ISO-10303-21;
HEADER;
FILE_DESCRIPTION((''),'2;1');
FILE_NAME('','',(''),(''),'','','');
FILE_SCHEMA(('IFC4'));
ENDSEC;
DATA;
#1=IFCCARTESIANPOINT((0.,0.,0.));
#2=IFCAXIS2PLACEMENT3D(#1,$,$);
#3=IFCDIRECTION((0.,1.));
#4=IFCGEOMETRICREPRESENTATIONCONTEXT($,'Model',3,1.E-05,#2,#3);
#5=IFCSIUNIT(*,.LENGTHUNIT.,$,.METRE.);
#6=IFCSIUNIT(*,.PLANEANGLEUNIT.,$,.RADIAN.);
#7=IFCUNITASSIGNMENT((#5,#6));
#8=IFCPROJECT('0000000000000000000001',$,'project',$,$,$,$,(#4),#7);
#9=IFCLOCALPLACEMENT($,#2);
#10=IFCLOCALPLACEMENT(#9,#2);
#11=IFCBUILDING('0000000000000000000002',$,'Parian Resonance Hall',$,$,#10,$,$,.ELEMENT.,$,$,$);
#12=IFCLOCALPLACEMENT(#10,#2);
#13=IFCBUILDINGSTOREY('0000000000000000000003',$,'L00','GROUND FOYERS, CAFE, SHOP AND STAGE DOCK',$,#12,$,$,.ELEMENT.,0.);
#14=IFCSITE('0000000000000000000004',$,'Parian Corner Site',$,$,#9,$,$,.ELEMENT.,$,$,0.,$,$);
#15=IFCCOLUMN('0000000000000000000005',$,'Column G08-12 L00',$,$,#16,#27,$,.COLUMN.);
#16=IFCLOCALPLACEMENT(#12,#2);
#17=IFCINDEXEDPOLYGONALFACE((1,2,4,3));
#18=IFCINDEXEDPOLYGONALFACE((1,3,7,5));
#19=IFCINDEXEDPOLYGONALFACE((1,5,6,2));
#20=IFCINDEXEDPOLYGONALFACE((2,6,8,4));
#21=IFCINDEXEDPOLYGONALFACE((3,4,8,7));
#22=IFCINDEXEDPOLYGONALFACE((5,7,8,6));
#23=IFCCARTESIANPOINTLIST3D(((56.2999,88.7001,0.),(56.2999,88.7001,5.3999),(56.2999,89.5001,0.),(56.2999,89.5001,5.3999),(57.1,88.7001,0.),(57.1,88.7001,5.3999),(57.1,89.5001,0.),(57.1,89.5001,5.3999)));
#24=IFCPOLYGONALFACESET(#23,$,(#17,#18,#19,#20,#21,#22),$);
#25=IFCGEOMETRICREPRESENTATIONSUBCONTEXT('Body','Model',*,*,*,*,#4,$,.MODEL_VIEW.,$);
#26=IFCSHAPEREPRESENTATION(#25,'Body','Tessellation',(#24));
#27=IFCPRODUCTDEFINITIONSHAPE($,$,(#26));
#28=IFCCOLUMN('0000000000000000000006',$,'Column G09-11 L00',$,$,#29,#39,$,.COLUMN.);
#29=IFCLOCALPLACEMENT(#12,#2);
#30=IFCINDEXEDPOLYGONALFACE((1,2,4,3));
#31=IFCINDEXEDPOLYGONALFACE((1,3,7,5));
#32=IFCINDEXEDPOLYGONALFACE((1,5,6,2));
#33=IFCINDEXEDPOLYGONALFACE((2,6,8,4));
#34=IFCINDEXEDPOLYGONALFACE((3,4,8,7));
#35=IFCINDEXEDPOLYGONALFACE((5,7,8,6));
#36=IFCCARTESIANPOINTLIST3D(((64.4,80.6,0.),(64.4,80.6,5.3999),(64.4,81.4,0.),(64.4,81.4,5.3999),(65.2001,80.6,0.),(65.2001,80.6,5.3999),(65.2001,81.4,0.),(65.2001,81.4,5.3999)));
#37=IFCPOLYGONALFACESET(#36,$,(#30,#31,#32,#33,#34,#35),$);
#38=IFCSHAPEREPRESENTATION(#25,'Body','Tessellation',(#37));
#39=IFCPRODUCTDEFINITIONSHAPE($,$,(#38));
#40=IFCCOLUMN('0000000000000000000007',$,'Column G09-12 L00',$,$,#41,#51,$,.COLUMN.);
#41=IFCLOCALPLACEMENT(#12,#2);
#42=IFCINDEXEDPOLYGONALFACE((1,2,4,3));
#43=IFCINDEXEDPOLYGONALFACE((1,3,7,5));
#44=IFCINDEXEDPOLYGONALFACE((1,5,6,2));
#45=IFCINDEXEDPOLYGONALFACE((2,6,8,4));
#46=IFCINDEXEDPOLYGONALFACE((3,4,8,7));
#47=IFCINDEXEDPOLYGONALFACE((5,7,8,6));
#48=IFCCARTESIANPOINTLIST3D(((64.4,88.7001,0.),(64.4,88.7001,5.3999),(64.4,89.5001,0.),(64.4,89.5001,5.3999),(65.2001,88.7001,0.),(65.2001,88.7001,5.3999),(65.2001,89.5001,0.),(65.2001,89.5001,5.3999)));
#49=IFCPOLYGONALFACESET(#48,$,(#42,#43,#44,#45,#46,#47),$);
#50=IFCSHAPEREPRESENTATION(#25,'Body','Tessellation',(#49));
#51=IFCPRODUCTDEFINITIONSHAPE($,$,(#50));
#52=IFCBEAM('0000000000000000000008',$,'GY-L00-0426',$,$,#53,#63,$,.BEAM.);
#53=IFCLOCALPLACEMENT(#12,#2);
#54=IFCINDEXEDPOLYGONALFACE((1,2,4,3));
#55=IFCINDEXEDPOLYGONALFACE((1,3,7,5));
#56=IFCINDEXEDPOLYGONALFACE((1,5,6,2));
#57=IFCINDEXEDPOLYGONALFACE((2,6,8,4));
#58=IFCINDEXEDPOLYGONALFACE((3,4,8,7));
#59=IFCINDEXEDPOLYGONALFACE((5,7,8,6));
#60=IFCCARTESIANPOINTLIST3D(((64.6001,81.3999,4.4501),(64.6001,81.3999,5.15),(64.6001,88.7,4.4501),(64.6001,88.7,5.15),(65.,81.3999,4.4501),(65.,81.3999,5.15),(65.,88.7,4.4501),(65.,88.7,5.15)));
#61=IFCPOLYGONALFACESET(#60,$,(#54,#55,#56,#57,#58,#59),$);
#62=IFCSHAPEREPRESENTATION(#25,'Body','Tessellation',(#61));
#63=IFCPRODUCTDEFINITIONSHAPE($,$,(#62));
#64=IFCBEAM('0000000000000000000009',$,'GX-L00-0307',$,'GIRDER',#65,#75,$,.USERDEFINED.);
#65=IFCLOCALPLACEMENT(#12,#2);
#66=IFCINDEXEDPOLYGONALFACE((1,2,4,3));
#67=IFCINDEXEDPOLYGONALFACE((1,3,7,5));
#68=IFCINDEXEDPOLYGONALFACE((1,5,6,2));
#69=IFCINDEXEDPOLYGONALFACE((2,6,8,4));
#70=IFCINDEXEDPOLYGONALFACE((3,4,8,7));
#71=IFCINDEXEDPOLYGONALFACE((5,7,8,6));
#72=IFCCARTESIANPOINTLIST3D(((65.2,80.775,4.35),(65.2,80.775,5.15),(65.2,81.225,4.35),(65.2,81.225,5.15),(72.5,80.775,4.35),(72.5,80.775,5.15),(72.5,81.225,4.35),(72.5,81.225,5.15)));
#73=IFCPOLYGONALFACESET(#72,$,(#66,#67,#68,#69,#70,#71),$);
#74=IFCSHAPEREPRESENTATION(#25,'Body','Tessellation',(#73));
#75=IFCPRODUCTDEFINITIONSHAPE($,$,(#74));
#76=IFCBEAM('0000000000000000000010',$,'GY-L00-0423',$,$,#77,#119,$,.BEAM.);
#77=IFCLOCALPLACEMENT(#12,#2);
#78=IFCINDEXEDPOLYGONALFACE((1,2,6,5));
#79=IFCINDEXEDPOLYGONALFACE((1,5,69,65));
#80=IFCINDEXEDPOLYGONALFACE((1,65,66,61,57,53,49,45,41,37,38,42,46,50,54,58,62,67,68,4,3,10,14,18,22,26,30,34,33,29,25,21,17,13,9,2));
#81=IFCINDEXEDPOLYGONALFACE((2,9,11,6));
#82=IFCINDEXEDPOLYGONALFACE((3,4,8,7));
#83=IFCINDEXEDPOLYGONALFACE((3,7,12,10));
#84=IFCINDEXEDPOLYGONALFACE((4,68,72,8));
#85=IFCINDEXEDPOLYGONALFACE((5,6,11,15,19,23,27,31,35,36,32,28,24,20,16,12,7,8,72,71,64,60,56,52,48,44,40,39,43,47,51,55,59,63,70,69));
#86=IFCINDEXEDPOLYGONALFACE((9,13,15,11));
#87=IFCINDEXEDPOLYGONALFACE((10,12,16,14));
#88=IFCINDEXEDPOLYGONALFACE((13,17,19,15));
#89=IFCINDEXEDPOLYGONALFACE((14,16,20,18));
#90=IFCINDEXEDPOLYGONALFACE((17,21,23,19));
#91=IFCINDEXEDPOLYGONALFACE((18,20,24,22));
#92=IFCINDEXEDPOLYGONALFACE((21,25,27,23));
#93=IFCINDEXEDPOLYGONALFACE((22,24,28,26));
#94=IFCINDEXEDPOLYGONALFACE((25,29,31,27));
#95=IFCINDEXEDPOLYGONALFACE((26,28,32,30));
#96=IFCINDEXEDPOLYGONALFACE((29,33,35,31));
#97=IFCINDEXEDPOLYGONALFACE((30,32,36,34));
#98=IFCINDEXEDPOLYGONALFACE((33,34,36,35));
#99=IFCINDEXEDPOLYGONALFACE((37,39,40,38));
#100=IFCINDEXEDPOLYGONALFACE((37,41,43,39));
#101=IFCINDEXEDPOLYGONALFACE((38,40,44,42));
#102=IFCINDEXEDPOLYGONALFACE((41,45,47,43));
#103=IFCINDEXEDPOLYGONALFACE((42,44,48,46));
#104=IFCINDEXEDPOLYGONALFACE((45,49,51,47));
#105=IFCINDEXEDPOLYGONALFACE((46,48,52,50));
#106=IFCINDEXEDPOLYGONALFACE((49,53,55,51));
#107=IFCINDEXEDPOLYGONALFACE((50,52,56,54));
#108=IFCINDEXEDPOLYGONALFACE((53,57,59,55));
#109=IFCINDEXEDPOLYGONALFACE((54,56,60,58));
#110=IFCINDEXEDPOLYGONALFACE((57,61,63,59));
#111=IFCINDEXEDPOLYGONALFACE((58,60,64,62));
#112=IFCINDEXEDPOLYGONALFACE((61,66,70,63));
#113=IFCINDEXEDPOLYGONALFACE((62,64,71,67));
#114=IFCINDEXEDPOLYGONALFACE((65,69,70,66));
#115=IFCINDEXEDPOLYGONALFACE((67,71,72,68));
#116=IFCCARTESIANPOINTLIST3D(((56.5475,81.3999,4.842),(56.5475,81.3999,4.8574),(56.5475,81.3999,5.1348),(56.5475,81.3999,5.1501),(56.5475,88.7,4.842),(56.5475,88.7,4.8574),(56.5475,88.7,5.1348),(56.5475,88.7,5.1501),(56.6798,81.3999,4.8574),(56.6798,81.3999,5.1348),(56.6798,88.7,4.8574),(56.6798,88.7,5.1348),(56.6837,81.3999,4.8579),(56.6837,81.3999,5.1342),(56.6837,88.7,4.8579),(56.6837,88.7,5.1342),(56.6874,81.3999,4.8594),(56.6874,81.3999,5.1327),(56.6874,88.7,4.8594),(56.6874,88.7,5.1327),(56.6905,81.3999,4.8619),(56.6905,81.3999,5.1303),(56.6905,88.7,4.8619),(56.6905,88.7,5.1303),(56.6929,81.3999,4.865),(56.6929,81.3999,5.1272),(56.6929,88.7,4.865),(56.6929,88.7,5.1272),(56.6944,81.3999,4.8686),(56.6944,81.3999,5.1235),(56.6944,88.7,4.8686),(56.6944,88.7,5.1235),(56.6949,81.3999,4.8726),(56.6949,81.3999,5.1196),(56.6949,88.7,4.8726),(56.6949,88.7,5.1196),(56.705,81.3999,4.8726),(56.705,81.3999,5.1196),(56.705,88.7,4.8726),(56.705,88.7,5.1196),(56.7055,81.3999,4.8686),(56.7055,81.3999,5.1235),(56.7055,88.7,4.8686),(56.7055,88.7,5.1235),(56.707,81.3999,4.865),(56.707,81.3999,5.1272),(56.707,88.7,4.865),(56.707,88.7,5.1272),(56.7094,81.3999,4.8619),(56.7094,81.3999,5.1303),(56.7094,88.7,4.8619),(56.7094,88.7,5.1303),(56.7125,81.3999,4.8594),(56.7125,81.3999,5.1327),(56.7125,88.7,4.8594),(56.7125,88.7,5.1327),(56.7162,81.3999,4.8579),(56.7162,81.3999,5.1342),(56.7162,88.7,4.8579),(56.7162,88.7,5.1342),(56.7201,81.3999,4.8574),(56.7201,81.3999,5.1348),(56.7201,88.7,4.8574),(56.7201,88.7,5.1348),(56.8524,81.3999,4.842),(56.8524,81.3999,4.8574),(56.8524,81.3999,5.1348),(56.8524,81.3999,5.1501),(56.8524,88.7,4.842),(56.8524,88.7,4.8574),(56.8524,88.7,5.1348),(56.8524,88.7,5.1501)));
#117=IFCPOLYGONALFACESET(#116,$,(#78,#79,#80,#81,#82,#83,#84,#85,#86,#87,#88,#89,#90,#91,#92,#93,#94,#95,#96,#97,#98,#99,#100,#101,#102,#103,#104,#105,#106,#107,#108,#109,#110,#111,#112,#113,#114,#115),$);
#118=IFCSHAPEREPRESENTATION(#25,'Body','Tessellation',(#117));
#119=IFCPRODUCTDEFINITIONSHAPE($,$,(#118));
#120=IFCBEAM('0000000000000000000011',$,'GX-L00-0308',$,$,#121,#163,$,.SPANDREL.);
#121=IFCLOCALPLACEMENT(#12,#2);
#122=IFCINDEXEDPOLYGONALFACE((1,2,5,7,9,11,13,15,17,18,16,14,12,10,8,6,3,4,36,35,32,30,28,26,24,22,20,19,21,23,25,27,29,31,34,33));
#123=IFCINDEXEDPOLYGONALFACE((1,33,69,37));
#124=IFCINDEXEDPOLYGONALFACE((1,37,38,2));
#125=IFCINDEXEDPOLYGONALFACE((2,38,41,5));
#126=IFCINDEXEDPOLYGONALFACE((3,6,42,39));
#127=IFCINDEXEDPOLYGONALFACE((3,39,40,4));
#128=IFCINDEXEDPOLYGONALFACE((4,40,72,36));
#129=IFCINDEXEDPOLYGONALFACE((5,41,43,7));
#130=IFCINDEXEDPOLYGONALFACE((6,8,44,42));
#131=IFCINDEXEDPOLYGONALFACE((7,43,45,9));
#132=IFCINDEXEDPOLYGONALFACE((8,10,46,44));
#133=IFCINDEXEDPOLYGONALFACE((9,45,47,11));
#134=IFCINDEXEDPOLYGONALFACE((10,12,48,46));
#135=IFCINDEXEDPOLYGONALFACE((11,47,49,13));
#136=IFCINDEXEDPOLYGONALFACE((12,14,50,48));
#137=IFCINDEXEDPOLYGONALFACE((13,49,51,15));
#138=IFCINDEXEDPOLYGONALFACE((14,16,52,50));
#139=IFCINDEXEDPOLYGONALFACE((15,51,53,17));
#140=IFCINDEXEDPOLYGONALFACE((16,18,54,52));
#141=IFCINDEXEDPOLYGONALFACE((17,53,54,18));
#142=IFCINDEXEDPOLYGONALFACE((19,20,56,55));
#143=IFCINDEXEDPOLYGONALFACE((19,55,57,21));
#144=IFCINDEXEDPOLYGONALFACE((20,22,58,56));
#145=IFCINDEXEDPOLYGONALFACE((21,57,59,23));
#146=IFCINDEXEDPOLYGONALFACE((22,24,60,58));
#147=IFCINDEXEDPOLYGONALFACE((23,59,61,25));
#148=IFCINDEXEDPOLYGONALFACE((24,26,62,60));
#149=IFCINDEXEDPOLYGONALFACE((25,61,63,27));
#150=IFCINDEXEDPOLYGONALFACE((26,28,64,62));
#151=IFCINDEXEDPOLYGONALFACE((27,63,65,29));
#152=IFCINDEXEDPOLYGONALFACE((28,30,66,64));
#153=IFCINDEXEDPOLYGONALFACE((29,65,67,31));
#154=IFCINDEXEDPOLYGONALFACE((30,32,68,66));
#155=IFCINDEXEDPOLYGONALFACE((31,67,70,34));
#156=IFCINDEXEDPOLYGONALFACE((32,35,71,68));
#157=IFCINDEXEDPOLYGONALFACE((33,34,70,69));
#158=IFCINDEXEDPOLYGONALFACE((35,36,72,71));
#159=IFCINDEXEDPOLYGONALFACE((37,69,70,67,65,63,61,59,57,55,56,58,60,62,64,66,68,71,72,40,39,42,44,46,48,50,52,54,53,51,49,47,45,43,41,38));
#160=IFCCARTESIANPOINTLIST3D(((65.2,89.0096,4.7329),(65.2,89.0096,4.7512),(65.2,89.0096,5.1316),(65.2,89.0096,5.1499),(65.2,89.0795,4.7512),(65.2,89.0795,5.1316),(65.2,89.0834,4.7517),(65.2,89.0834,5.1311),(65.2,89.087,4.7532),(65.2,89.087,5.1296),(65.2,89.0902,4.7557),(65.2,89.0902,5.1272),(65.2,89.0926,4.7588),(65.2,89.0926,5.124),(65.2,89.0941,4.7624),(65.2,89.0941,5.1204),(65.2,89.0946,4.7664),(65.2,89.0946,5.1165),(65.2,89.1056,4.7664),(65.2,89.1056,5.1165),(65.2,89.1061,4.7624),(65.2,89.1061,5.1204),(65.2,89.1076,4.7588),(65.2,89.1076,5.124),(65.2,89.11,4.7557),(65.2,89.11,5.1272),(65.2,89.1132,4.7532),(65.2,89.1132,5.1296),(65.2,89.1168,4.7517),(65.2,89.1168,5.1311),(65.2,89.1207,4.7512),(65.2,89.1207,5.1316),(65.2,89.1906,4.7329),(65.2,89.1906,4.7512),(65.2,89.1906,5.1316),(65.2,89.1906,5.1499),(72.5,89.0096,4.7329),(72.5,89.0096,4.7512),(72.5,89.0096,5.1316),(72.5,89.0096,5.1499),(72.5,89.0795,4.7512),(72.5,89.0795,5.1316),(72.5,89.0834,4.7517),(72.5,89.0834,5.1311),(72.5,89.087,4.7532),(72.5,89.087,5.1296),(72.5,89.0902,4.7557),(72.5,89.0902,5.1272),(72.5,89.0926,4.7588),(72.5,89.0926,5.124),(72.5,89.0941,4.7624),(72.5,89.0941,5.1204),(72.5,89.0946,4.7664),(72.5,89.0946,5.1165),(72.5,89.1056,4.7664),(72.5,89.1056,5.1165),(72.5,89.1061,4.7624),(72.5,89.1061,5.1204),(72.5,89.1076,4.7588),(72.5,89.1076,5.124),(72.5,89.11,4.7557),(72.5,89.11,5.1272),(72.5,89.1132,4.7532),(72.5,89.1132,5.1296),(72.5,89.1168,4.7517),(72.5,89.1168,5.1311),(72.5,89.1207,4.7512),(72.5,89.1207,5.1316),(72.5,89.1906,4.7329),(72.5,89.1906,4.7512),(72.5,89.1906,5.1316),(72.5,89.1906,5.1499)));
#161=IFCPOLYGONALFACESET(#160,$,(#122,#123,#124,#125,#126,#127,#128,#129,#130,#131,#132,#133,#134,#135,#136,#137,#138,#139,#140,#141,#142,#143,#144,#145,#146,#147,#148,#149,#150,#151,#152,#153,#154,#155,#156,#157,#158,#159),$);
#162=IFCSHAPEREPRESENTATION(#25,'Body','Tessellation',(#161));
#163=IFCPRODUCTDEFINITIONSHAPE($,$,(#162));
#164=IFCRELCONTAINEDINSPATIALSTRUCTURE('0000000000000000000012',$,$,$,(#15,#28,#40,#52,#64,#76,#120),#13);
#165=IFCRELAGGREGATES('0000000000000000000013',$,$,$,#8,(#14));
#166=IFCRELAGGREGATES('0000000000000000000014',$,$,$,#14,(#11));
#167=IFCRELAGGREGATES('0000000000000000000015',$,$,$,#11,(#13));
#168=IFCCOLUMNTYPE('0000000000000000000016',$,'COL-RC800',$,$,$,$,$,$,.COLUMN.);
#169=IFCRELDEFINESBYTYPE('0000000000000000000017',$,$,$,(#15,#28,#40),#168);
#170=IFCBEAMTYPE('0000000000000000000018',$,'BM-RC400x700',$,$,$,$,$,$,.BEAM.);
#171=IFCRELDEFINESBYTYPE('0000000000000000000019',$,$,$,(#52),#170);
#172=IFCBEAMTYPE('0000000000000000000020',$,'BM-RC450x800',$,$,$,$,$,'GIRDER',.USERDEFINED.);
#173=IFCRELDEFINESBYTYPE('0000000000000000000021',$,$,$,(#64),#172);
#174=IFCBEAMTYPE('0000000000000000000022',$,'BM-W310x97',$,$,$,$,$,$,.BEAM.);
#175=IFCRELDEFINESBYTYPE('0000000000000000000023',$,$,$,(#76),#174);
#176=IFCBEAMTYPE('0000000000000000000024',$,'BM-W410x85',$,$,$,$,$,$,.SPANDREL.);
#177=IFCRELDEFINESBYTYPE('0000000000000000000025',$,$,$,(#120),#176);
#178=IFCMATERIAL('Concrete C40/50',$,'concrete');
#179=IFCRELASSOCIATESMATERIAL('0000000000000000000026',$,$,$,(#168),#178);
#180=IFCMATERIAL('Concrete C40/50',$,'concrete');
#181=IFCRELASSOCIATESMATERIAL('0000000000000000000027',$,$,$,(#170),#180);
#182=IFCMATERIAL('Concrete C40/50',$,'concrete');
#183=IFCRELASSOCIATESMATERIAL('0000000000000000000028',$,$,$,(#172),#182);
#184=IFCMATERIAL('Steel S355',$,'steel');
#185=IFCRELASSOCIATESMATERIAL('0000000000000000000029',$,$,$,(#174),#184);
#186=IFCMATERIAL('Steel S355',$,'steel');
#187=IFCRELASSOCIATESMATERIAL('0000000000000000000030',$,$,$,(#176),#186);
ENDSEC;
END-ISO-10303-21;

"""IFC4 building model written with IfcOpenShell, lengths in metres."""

from ifc_helpers import new_model, si_unit, direction, frame, origin, origin_2d, place, context, subcontext, project, spatial, rectangle, i_section, extrude, material, material_profile, profile_set, type_object, element, save


model = new_model("IFC4")

# Units and contexts
model_context = context("Model", 3, precision=1e-05, world=origin(), true_north=direction((0.0, 1.0)))
body_context = subcontext(model_context, "Body", "Model", "MODEL_VIEW")
ifc_project = project(units=[si_unit("LENGTHUNIT", "METRE"), si_unit("PLANEANGLEUNIT", "RADIAN")], contexts=[model_context])

# Site, building, storey
site_placement = place(None, origin())
site = spatial("IfcSite", under=ifc_project, at=site_placement, Name="Parian Corner Site", CompositionType="ELEMENT", RefElevation=0.0)
building_placement = place(site_placement, origin())
building = spatial("IfcBuilding", under=site, at=building_placement, Name="Parian Resonance Hall", CompositionType="ELEMENT")
storey_placement = place(building_placement, origin())
storey = spatial("IfcBuildingStorey", under=building, at=storey_placement, Name="L00", Description="GROUND FOYERS, CAFE, SHOP AND STAGE DOCK", CompositionType="ELEMENT", Elevation=0.0)

# Columns
ifc_material_1 = material(Name="Concrete C40/50", Category="concrete")
ifc_material_profile_1 = material_profile(ifc_material_1, rectangle(XDim=0.8, YDim=0.8, at=origin_2d()), Name="RC-COL-800x800")
ifc_profile_set_1 = profile_set([ifc_material_profile_1], Name="Concrete C40/50")
column_type = type_object("IfcColumnType", Name="COL-RC800", PredefinedType="COLUMN", material=ifc_profile_set_1)
for number, where, z_axis, x_axis, name in (
    (1, (56.7, 89.1001, 0.0), (0.0, 0.0, 1.0), (1.0, 0.0, 0.0), "Column G08-12 L00"),
    (2, (64.8, 81.0, 0.0), (0.0, 0.0, 1.0), (1.0, 0.0, 0.0), "Column G09-11 L00"),
    (3, (64.8, 89.1001, 0.0), (0.0, 0.0, 1.0), (1.0, 0.0, 0.0), "Column G09-12 L00"),
):
    element("IfcColumn", number, at=place(storey_placement, frame(where, z_axis=z_axis, x_axis=x_axis)), inside=storey, type_object=column_type, Name=name, PredefinedType="COLUMN", context=body_context, shape_type="SweptSolid", body=[
        extrude(rectangle(XDim=0.8, YDim=0.8, at=origin_2d()), origin(), (0.0, 0.0, 1.0), 5.3999),
    ])

# Beams
ifc_material_2 = material(Name="Concrete C40/50", Category="concrete")
ifc_material_profile_2 = material_profile(ifc_material_2, rectangle(XDim=0.3999, YDim=0.7, at=origin_2d()), Name="RC-BM-400x700")
ifc_profile_set_2 = profile_set([ifc_material_profile_2], Name="Concrete C40/50")
beam_type_1 = type_object("IfcBeamType", Name="BM-RC400x700", PredefinedType="BEAM", material=ifc_profile_set_2)
beam_1_placement = place(storey_placement, frame((64.8, 81.3999, 4.8), z_axis=(0.0, 1.0, 0.0), x_axis=(-1.0, 0.0, 0.0)))
element("IfcBeam", 4, at=beam_1_placement, inside=storey, type_object=beam_type_1, Name="GY-L00-0426", PredefinedType="BEAM", context=body_context, shape_type="SweptSolid", body=[
    extrude(rectangle(XDim=0.3999, YDim=0.7, at=origin_2d()), origin(), (0.0, 0.0, 1.0), 7.3),
])
ifc_material_3 = material(Name="Concrete C40/50", Category="concrete")
ifc_material_profile_3 = material_profile(ifc_material_3, rectangle(XDim=0.45, YDim=0.8, at=origin_2d()), Name="RC-BM-450x800")
ifc_profile_set_3 = profile_set([ifc_material_profile_3], Name="Concrete C40/50")
beam_type_2 = type_object("IfcBeamType", Name="BM-RC450x800", ElementType="GIRDER", PredefinedType="USERDEFINED", material=ifc_profile_set_3)
beam_2_placement = place(storey_placement, frame((65.2, 81.0, 4.75), z_axis=(1.0, 0.0, 0.0), x_axis=(0.0, 1.0, 0.0)))
element("IfcBeam", 5, at=beam_2_placement, inside=storey, type_object=beam_type_2, Name="GX-L00-0307", ObjectType="GIRDER", PredefinedType="USERDEFINED", context=body_context, shape_type="SweptSolid", body=[
    extrude(rectangle(XDim=0.45, YDim=0.8, at=origin_2d()), origin(), (0.0, 0.0, 1.0), 7.3),
])
ifc_material_4 = material(Name="Steel S355", Category="steel")
ifc_material_profile_4 = material_profile(ifc_material_4, i_section(OverallWidth=0.3049, OverallDepth=0.3081, WebThickness=0.01, FlangeThickness=0.0154, FilletRadius=0.0151, at=origin_2d()), Name="W310x97")
ifc_profile_set_4 = profile_set([ifc_material_profile_4], Name="Steel S355")
beam_type_3 = type_object("IfcBeamType", Name="BM-W310x97", PredefinedType="BEAM", material=ifc_profile_set_4)
beam_3_placement = place(storey_placement, frame((56.7, 81.3999, 4.9961), z_axis=(0.0, 1.0, 0.0), x_axis=(-1.0, 0.0, 0.0)))
element("IfcBeam", 6, at=beam_3_placement, inside=storey, type_object=beam_type_3, Name="GY-L00-0423", PredefinedType="BEAM", context=body_context, shape_type="SweptSolid", body=[
    extrude(i_section(OverallWidth=0.3049, OverallDepth=0.3081, WebThickness=0.01, FlangeThickness=0.0154, FilletRadius=0.0151, at=origin_2d()), origin(), (0.0, 0.0, 1.0), 7.3),
])
ifc_material_5 = material(Name="Steel S355", Category="steel")
ifc_material_profile_5 = material_profile(ifc_material_5, i_section(OverallWidth=0.1809, OverallDepth=0.417, WebThickness=0.011, FlangeThickness=0.0183, FilletRadius=0.0151, at=origin_2d()), Name="W410x85")
ifc_profile_set_5 = profile_set([ifc_material_profile_5], Name="Steel S355")
beam_type_4 = type_object("IfcBeamType", Name="BM-W410x85", PredefinedType="SPANDREL", material=ifc_profile_set_5)
beam_4_placement = place(storey_placement, frame((65.2, 89.1001, 4.9414), z_axis=(1.0, 0.0, 0.0), x_axis=(0.0, 1.0, 0.0)))
element("IfcBeam", 7, at=beam_4_placement, inside=storey, type_object=beam_type_4, Name="GX-L00-0308", PredefinedType="SPANDREL", context=body_context, shape_type="SweptSolid", body=[
    extrude(i_section(OverallWidth=0.1809, OverallDepth=0.417, WebThickness=0.011, FlangeThickness=0.0183, FilletRadius=0.0151, at=origin_2d()), origin(), (0.0, 0.0, 1.0), 7.3),
])

save(model, "model.ifc")
